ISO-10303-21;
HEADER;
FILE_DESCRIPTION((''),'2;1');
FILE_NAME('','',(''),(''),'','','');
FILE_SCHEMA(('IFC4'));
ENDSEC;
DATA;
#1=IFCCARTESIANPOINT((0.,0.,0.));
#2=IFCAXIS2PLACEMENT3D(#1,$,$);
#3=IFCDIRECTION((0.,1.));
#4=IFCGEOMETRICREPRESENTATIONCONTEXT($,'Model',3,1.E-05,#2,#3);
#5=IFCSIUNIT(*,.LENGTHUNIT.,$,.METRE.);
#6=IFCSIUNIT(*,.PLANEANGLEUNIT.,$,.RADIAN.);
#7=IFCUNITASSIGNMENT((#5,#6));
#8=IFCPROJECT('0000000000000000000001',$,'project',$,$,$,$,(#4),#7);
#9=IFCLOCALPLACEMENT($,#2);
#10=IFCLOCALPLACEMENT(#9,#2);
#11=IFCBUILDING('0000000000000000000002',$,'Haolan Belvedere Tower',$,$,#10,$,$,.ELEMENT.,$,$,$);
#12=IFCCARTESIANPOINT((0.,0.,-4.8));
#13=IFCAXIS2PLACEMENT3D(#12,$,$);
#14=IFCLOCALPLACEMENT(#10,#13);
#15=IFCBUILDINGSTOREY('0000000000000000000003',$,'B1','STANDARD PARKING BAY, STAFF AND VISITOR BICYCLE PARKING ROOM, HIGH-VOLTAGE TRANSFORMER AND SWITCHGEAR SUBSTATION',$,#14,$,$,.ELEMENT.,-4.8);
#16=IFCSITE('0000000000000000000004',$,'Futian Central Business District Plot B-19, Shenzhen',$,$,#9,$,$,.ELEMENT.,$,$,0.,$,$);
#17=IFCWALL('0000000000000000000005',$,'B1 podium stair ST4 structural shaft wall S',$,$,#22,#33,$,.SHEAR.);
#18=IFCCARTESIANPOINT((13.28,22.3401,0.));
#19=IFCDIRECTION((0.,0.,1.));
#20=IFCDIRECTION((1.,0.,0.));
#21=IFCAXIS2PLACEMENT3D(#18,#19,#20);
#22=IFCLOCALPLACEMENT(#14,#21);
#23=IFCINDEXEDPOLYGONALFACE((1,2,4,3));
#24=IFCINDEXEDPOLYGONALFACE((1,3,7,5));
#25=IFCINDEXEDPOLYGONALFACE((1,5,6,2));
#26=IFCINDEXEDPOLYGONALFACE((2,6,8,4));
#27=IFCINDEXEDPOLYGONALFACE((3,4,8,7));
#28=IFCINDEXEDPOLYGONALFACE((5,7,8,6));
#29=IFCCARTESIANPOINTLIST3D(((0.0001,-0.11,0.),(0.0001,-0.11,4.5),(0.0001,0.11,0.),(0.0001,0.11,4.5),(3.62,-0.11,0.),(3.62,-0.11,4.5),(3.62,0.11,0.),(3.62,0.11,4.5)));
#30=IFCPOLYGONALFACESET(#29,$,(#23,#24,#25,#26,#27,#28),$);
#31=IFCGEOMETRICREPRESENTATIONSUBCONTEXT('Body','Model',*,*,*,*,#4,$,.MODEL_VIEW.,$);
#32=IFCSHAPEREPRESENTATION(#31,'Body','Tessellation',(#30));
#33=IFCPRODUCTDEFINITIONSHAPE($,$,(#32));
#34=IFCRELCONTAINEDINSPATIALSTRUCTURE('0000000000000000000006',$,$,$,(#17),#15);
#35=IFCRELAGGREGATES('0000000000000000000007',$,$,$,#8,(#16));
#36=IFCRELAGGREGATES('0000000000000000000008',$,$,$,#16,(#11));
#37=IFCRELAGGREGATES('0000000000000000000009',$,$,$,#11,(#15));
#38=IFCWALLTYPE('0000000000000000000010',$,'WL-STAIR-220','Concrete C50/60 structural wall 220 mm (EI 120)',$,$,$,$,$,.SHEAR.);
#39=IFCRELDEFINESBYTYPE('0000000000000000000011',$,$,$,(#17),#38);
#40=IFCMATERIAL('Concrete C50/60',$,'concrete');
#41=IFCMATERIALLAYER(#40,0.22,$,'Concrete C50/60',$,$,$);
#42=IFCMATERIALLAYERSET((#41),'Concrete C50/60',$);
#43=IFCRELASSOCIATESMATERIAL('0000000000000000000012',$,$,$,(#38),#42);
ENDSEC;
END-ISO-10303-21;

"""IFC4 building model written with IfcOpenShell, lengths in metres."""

from ifc_helpers import new_model, si_unit, direction, frame, frame_2d, origin, place, context, subcontext, project, spatial, rectangle, extrude, material, layer, layer_set, type_object, element, save


model = new_model("IFC4")

# Units and contexts
model_context = context("Model", 3, precision=1e-05, world=origin(), true_north=direction((0.0, 1.0)))
body_context = subcontext(model_context, "Body", "Model", "MODEL_VIEW")
ifc_project = project(units=[si_unit("LENGTHUNIT", "METRE"), si_unit("PLANEANGLEUNIT", "RADIAN")], contexts=[model_context])

# Site, building, storey
site_placement = place(None, origin())
site = spatial("IfcSite", under=ifc_project, at=site_placement, Name="Futian Central Business District Plot B-19, Shenzhen", CompositionType="ELEMENT", RefElevation=0.0)
building_placement = place(site_placement, origin())
building = spatial("IfcBuilding", under=site, at=building_placement, Name="Haolan Belvedere Tower", CompositionType="ELEMENT")
storey_placement = place(building_placement, frame((0.0, 0.0, -4.8)))
storey = spatial("IfcBuildingStorey", under=building, at=storey_placement, Name="B1", Description="STANDARD PARKING BAY, STAFF AND VISITOR BICYCLE PARKING ROOM, HIGH-VOLTAGE TRANSFORMER AND SWITCHGEAR SUBSTATION", CompositionType="ELEMENT", Elevation=-4.8)

# Shared definitions
ifc_material_1 = material(Name="Concrete C50/60", Category="concrete")

# Wall
ifc_layer_1 = layer(ifc_material_1, 0.22, Name="Concrete C50/60")
ifc_layer_set_1 = layer_set([ifc_layer_1], Name="Concrete C50/60")
wall_type_1 = type_object("IfcWallType", Name="WL-STAIR-220", Description="Concrete C50/60 structural wall 220 mm (EI 120)", PredefinedType="SHEAR", material=ifc_layer_set_1)
wall_1_placement = place(storey_placement, frame((13.28, 22.3401, 0.0), z_axis=(0.0, 0.0, 1.0), x_axis=(1.0, 0.0, 0.0)))
element("IfcWall", 1, at=wall_1_placement, inside=storey, type_object=wall_type_1, Name="B1 podium stair ST4 structural shaft wall S", PredefinedType="SHEAR", context=body_context, shape_type="SweptSolid", body=[
    extrude(rectangle(XDim=3.6199, YDim=0.22, at=frame_2d((1.8101, 0.0))), origin(), (0.0, 0.0, 1.0), 4.5),
])

save(model, "model.ifc")
